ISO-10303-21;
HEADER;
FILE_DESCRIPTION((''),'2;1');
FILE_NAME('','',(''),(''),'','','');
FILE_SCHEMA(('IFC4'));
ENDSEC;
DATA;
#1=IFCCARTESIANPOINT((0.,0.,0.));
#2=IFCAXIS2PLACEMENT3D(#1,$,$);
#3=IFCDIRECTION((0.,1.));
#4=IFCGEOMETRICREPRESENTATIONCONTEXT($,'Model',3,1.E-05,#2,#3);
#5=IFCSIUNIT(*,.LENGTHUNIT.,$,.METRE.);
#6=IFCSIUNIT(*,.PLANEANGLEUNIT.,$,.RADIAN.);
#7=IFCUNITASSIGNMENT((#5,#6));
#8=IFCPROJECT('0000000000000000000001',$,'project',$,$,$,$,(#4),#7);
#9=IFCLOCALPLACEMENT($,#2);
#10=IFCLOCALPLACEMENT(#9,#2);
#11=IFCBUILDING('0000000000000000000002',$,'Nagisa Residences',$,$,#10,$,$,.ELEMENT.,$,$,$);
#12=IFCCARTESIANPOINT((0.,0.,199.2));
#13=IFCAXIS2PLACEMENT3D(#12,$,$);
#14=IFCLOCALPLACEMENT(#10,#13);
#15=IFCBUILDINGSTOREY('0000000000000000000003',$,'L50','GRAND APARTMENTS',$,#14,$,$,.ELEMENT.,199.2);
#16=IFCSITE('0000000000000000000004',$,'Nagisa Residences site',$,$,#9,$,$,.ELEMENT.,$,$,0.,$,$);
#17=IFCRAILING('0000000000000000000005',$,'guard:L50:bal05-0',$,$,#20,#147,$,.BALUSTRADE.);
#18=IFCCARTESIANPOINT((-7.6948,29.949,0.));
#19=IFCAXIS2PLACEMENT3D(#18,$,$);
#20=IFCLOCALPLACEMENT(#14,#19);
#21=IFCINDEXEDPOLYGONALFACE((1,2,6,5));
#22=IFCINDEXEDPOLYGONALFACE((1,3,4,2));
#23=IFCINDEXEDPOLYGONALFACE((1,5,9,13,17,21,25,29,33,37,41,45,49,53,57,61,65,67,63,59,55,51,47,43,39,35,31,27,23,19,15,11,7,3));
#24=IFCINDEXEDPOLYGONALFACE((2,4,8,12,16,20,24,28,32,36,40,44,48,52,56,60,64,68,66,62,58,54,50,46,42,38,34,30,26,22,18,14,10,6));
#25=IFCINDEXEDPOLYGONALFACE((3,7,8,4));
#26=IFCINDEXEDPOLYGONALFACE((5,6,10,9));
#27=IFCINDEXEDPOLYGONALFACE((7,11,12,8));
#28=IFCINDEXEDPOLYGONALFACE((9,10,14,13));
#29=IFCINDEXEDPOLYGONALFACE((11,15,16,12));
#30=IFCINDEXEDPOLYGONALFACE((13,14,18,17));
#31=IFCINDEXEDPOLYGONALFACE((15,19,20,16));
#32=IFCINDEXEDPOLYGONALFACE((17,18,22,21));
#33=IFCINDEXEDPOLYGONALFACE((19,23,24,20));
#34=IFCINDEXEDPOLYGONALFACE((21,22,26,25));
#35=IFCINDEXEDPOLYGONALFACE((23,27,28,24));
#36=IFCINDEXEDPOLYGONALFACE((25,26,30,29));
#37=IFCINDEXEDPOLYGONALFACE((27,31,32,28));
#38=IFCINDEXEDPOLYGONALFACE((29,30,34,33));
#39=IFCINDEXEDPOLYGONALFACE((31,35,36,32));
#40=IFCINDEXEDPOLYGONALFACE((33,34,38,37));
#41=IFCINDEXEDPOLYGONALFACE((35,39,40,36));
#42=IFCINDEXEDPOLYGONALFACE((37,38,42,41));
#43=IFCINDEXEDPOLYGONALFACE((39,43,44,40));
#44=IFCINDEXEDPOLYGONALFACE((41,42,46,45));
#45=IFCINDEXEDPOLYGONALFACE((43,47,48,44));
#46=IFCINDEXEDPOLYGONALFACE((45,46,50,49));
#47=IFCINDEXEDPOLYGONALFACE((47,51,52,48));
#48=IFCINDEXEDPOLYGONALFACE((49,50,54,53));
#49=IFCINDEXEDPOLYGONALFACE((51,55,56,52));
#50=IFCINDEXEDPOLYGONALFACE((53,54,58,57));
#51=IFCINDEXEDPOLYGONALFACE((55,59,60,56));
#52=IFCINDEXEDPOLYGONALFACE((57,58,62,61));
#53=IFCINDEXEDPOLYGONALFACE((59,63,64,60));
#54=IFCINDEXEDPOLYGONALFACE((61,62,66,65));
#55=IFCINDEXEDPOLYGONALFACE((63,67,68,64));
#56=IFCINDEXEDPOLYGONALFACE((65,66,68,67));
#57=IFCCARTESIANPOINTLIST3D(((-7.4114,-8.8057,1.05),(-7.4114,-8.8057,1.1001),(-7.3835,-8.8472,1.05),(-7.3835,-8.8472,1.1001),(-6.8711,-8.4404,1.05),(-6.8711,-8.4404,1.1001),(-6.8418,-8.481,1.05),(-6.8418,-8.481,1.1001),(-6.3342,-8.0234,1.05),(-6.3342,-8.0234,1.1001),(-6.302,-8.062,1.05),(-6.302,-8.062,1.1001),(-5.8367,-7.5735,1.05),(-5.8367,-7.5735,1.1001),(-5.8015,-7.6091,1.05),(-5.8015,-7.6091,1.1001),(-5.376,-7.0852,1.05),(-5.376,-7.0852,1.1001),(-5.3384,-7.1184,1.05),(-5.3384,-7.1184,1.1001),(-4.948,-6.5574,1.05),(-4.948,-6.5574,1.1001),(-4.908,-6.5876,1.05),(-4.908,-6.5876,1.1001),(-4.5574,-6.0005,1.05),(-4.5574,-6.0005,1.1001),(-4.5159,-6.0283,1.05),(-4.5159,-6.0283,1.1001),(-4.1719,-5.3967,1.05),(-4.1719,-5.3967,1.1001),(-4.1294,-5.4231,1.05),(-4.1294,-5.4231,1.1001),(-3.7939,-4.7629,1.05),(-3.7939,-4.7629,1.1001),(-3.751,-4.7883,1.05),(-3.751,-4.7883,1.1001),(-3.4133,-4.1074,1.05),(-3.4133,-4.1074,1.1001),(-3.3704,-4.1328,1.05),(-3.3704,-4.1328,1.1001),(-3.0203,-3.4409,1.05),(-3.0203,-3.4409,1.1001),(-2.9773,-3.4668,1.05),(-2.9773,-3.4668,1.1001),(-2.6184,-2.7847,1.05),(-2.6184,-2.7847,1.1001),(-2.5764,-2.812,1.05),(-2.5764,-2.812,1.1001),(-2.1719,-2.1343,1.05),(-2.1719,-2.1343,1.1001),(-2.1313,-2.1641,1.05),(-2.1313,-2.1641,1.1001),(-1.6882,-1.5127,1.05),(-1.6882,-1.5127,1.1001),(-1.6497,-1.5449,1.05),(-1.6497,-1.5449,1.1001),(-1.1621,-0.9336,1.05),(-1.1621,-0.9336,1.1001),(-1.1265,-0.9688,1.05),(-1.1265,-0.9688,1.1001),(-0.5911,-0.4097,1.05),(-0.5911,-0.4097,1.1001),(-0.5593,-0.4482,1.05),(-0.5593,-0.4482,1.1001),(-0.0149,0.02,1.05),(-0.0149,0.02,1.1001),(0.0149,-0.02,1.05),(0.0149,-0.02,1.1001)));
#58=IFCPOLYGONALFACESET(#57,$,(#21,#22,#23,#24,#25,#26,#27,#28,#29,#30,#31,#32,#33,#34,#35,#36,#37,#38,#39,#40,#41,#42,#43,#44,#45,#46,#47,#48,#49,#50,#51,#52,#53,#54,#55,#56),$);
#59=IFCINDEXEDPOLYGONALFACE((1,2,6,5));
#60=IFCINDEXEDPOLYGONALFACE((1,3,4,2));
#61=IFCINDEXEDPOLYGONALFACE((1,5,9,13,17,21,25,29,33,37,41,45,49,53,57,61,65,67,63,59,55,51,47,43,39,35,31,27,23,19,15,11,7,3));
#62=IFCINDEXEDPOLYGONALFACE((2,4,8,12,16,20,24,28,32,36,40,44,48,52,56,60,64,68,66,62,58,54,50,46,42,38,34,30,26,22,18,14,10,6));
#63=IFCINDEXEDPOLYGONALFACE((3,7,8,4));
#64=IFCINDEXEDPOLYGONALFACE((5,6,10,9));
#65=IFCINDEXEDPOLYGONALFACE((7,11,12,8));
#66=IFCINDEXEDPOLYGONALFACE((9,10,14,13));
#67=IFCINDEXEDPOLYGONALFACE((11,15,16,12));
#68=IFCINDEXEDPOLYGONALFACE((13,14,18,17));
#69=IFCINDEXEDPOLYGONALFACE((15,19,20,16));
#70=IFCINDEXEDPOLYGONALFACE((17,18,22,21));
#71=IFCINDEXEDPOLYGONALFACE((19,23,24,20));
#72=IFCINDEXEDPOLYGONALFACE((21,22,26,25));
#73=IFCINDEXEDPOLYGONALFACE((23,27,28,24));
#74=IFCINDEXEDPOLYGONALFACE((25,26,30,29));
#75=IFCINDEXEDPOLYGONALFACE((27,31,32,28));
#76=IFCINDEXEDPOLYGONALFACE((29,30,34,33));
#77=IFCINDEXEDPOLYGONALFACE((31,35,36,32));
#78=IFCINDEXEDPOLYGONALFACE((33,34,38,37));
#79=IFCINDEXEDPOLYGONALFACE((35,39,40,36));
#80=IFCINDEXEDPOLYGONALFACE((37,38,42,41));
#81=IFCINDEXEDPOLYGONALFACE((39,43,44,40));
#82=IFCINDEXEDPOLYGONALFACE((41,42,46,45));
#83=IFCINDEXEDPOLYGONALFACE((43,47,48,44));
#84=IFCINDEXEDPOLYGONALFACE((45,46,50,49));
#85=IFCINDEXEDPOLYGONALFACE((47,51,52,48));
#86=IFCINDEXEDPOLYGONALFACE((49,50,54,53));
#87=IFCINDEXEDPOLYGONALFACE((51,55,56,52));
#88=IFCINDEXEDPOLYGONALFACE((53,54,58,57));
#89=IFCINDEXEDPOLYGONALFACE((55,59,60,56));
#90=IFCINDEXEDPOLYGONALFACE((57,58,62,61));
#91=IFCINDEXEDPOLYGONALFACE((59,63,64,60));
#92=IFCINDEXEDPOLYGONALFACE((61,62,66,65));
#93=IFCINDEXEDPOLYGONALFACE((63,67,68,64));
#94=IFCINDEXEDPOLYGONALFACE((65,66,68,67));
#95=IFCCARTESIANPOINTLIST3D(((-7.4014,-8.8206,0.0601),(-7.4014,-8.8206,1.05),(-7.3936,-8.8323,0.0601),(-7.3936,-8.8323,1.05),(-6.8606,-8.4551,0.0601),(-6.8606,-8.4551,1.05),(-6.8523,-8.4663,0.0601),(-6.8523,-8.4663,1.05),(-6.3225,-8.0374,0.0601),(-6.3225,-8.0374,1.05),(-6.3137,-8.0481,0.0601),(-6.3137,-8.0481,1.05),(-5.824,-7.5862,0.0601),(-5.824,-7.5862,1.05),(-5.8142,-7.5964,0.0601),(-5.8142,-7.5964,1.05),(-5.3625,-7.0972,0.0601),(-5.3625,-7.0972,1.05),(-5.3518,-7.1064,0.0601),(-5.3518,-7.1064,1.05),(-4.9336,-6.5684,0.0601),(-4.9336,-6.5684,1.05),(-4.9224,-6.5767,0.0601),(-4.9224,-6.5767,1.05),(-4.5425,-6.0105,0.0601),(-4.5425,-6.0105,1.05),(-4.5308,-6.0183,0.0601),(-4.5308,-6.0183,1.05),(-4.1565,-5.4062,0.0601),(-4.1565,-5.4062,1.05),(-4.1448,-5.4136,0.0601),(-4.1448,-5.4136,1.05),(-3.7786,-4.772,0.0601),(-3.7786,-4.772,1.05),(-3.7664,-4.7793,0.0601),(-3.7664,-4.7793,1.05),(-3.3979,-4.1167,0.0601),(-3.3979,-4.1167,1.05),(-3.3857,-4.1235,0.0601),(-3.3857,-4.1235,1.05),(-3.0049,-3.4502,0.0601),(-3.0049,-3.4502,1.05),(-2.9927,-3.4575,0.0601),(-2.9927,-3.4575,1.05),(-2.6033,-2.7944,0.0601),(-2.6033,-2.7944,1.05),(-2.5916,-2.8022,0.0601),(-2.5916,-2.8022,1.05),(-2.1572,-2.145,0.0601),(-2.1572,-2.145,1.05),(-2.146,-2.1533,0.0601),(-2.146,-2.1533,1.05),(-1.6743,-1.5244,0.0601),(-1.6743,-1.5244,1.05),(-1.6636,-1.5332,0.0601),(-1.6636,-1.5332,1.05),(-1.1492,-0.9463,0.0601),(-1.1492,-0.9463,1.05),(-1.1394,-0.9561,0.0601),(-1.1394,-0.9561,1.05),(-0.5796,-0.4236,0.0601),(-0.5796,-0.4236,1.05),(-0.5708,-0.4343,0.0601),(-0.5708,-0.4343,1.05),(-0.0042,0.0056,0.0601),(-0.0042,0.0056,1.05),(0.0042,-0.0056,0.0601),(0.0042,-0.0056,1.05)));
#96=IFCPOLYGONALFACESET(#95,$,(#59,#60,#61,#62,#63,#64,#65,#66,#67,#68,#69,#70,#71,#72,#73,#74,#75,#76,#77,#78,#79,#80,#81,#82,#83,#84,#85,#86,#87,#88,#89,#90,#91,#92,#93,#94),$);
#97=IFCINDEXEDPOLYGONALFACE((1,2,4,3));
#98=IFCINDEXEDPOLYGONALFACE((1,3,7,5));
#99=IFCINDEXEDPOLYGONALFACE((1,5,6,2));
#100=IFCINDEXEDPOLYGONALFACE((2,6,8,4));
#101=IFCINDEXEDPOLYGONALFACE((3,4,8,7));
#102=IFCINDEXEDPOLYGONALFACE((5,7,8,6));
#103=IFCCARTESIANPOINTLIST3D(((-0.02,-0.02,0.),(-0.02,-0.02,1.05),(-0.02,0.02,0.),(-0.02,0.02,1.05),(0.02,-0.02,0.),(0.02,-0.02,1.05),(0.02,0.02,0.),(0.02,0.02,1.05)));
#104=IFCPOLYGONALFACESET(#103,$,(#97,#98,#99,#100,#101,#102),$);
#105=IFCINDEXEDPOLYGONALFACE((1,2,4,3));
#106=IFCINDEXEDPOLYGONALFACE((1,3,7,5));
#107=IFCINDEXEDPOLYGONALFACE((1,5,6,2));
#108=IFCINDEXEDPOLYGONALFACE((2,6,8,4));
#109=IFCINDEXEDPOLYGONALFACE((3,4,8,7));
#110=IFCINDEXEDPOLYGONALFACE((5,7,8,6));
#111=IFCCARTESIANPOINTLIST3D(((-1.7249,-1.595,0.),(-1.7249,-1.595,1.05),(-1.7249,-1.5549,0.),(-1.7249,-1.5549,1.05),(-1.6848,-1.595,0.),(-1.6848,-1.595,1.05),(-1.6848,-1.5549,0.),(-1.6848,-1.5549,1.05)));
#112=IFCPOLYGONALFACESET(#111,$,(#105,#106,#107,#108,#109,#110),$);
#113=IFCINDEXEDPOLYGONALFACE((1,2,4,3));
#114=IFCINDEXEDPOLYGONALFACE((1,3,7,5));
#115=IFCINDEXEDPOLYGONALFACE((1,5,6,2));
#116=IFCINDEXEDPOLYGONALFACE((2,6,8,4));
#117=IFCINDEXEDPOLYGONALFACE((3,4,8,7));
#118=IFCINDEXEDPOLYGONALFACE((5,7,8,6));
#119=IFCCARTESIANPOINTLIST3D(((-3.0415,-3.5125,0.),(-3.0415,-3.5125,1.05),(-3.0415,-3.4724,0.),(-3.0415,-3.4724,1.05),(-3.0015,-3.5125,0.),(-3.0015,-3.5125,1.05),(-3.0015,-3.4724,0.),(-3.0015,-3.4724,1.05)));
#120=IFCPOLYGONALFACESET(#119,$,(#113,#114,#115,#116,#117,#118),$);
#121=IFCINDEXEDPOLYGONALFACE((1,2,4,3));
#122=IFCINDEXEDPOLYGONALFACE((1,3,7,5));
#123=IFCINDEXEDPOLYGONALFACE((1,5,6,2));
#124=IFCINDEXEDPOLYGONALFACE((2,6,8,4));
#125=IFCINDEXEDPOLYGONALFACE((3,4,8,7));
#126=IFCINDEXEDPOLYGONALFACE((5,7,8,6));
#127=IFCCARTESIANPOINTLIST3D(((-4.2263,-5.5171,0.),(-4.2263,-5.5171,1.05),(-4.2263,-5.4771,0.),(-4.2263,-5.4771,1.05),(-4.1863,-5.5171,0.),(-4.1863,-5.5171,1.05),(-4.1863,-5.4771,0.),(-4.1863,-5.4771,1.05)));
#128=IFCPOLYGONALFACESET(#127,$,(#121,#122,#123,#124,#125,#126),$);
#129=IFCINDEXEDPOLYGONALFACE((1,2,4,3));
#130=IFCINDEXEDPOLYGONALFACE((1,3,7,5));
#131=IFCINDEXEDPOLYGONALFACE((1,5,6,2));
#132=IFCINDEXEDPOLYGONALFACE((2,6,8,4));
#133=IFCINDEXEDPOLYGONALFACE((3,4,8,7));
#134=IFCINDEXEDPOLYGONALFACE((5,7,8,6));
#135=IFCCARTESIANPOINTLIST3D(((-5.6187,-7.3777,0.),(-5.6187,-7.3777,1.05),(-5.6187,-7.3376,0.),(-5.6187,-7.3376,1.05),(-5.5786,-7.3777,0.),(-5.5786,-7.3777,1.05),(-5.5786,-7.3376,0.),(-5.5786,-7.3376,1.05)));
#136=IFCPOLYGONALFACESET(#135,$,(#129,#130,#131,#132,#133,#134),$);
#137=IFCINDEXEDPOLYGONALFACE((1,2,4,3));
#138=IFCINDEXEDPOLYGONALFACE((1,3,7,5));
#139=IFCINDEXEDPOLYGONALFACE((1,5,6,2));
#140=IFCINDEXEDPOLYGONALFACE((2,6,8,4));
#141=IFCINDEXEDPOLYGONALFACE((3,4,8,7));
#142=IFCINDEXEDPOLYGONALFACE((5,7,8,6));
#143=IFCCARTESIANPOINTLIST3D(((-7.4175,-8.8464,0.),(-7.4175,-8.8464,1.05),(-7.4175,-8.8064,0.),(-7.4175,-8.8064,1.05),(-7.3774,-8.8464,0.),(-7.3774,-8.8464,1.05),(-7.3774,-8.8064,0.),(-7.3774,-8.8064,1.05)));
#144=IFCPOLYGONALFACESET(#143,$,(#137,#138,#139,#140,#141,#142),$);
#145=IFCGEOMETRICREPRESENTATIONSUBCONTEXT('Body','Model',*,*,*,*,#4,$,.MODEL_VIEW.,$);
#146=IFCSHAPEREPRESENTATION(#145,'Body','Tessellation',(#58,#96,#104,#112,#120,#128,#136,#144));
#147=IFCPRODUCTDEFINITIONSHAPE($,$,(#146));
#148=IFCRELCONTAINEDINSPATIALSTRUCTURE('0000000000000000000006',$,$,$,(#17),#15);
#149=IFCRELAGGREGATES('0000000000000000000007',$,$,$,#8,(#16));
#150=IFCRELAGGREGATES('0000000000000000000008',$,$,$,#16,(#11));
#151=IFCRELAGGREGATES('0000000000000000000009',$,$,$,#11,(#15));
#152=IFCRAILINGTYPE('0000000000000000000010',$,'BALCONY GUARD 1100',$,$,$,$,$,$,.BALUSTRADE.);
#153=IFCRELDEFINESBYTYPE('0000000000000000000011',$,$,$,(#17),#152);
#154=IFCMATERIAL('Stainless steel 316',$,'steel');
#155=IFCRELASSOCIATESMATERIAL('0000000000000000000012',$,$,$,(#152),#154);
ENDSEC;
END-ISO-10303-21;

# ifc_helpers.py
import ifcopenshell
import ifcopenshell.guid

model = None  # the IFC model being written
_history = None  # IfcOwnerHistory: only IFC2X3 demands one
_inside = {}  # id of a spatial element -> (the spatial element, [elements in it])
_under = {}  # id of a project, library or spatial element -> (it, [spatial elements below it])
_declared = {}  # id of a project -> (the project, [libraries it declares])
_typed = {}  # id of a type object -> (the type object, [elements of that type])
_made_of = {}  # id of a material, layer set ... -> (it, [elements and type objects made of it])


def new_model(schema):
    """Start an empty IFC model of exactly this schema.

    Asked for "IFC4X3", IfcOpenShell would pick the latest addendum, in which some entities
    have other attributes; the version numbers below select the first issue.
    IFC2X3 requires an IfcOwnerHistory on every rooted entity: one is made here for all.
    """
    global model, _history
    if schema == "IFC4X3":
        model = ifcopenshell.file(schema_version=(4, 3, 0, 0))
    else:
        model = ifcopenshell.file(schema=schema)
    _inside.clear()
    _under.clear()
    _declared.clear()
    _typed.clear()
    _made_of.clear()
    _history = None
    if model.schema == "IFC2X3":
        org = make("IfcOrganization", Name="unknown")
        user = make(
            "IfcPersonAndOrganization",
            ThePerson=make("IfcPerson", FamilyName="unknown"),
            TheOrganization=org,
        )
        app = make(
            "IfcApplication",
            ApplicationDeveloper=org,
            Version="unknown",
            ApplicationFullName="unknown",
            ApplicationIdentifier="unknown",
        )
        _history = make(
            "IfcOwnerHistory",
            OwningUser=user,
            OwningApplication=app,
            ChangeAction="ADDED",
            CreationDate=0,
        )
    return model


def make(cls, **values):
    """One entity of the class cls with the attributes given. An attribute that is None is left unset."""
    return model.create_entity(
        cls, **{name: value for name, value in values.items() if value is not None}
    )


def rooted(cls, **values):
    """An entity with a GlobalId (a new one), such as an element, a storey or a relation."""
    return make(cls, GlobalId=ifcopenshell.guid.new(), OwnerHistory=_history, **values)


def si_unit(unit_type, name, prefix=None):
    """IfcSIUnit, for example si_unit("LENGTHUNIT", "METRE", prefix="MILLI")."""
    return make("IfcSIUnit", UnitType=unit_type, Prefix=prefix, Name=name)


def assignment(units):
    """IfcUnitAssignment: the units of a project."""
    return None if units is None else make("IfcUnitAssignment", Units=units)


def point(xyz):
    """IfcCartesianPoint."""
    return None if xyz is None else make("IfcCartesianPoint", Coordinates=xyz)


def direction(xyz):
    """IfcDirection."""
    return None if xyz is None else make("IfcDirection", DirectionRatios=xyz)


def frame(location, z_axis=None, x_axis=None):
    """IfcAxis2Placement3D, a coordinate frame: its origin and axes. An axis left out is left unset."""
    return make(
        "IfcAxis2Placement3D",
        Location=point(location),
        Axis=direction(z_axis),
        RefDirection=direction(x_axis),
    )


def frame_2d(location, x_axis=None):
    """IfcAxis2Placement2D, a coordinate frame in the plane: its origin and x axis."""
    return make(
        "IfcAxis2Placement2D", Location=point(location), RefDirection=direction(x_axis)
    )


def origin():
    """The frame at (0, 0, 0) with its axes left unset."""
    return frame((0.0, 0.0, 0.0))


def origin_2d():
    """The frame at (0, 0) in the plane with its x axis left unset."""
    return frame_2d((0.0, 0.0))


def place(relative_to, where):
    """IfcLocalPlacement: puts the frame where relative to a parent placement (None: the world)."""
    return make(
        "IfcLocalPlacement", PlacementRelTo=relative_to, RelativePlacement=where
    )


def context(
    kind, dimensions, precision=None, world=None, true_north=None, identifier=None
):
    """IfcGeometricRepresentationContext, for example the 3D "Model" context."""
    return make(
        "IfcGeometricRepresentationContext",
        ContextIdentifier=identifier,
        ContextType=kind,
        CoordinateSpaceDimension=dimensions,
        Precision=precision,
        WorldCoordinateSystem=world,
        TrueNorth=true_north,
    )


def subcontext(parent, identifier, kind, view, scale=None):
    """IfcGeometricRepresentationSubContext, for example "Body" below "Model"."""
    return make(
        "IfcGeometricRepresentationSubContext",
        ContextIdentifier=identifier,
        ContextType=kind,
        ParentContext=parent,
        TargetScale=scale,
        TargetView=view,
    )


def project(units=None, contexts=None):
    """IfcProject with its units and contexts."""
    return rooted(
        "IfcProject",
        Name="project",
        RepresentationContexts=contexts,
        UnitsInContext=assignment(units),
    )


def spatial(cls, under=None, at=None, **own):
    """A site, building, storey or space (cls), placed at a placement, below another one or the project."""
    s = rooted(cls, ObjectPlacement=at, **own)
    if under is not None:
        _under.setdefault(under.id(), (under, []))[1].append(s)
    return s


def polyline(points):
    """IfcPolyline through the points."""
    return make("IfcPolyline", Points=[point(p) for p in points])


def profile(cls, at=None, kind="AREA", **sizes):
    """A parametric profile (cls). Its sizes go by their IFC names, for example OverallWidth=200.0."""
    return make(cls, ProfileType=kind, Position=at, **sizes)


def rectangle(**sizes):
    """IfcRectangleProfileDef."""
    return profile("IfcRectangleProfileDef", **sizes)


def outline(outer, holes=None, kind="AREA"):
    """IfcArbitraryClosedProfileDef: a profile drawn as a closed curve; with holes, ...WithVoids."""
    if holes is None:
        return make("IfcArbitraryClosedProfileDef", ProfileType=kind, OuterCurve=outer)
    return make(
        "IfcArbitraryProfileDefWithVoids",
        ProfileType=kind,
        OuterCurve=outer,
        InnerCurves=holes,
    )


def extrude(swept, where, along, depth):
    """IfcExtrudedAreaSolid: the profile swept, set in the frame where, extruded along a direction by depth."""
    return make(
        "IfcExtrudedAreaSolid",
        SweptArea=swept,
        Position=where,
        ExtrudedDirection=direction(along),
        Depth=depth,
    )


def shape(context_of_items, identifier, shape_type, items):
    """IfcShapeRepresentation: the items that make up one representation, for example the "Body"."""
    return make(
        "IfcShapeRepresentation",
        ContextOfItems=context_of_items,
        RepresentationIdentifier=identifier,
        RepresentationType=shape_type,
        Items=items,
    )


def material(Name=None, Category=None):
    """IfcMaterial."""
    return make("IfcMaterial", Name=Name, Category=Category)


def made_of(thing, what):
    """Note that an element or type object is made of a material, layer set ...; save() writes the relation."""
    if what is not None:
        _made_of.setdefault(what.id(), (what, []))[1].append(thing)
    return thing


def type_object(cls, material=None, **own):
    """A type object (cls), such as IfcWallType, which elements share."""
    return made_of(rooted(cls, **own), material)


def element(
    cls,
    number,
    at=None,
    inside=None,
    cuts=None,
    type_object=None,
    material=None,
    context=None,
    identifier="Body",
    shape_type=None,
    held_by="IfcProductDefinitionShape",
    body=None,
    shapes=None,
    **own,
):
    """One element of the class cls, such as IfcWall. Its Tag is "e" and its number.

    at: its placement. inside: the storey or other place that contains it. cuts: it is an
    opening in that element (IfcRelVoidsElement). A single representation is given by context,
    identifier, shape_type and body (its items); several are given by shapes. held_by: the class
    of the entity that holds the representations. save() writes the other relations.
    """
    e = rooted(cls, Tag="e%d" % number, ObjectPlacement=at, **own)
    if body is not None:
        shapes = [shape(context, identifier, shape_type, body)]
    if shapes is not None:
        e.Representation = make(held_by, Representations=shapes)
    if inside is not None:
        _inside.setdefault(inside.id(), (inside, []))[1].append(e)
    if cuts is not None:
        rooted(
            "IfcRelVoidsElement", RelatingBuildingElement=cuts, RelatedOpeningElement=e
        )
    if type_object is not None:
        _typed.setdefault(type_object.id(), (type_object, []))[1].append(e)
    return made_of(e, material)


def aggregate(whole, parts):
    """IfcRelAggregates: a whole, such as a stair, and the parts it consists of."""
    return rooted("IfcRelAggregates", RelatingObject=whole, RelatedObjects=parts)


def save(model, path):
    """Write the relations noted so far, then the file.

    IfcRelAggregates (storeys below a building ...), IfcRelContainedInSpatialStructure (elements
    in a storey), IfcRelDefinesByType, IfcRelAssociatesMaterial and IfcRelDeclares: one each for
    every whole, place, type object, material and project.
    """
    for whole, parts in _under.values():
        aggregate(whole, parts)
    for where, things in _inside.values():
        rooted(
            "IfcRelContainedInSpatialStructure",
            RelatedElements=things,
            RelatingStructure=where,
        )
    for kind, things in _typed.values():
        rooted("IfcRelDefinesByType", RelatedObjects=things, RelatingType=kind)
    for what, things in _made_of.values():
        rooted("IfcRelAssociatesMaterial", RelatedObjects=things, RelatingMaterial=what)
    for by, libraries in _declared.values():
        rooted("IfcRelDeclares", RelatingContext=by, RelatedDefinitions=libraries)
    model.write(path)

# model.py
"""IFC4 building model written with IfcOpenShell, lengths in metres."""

from ifc_helpers import new_model, si_unit, direction, frame, origin, origin_2d, place, context, subcontext, project, spatial, polyline, rectangle, outline, extrude, material, type_object, element, save


model = new_model("IFC4")

# Units and contexts
model_context = context("Model", 3, precision=1e-05, world=origin(), true_north=direction((0.0, 1.0)))
body_context = subcontext(model_context, "Body", "Model", "MODEL_VIEW")
ifc_project = project(units=[si_unit("LENGTHUNIT", "METRE"), si_unit("PLANEANGLEUNIT", "RADIAN")], contexts=[model_context])

# Site, building, storey
site_placement = place(None, origin())
site = spatial("IfcSite", under=ifc_project, at=site_placement, Name="Nagisa Residences site", CompositionType="ELEMENT", RefElevation=0.0)
building_placement = place(site_placement, origin())
building = spatial("IfcBuilding", under=site, at=building_placement, Name="Nagisa Residences", CompositionType="ELEMENT")
storey_placement = place(building_placement, frame((0.0, 0.0, 199.2)))
storey = spatial("IfcBuildingStorey", under=building, at=storey_placement, Name="L50", Description="GRAND APARTMENTS", CompositionType="ELEMENT", Elevation=199.2)

# Railing
ifc_material_1 = material(Name="Stainless steel 316", Category="steel")
railing_type = type_object("IfcRailingType", Name="BALCONY GUARD 1100", PredefinedType="BALUSTRADE", material=ifc_material_1)
railing_placement = place(storey_placement, frame((-7.6948, 29.949, 0.0)))
element("IfcRailing", 1, at=railing_placement, inside=storey, type_object=railing_type, Name="guard:L50:bal05-0", PredefinedType="BALUSTRADE", context=body_context, shape_type="SweptSolid", body=[
    extrude(outline(polyline([(-0.5593, -0.4482), (0.0149, -0.02), (-0.0149, 0.02), (-0.5911, -0.4097), (-1.1621, -0.9336), (-1.6882, -1.5127), (-2.1719, -2.1343), (-2.6184, -2.7847), (-3.0203, -3.4409), (-3.4133, -4.1074), (-3.7939, -4.7629), (-4.1719, -5.3967), (-4.5574, -6.0005), (-4.948, -6.5574), (-5.376, -7.0852), (-5.8367, -7.5735), (-6.3342, -8.0234), (-6.8711, -8.4404), (-7.4114, -8.8057), (-7.3835, -8.8472), (-6.8418, -8.481), (-6.302, -8.062), (-5.8015, -7.6091), (-5.3384, -7.1184), (-4.908, -6.5876), (-4.5159, -6.0283), (-4.1294, -5.4231), (-3.751, -4.7883), (-3.3704, -4.1328), (-2.9773, -3.4668), (-2.5764, -2.812), (-2.1313, -2.1641), (-1.6497, -1.5449), (-1.1265, -0.9688), (-0.5593, -0.4482)])), frame((0.0, 0.0, 1.05)), (0.0, 0.0, 1.0), 0.05),
    extrude(outline(polyline([(-0.5708, -0.4343), (0.0042, -0.0056), (-0.0042, 0.0056), (-0.5796, -0.4236), (-1.1492, -0.9463), (-1.6743, -1.5244), (-2.1572, -2.145), (-2.6033, -2.7944), (-3.0049, -3.4502), (-3.3979, -4.1167), (-3.7786, -4.772), (-4.1565, -5.4062), (-4.5425, -6.0105), (-4.9336, -6.5684), (-5.3625, -7.0972), (-5.824, -7.5862), (-6.3225, -8.0374), (-6.8606, -8.4551), (-7.4014, -8.8206), (-7.3936, -8.8323), (-6.8523, -8.4663), (-6.3137, -8.0481), (-5.8142, -7.5964), (-5.3518, -7.1064), (-4.9224, -6.5767), (-4.5308, -6.0183), (-4.1448, -5.4136), (-3.7664, -4.7793), (-3.3857, -4.1235), (-2.9927, -3.4575), (-2.5916, -2.8022), (-2.146, -2.1533), (-1.6636, -1.5332), (-1.1394, -0.9561), (-0.5708, -0.4343)])), frame((0.0, 0.0, 0.0601)), (0.0, 0.0, 1.0), 0.99),
    extrude(rectangle(XDim=0.04, YDim=0.04, at=origin_2d()), origin(), (0.0, 0.0, 1.0), 1.05),
    extrude(rectangle(XDim=0.04, YDim=0.04, at=origin_2d()), frame((-1.7048, -1.575, 0.0)), (0.0, 0.0, 1.0), 1.05),
    extrude(rectangle(XDim=0.04, YDim=0.04, at=origin_2d()), frame((-3.0215, -3.4924, 0.0)), (0.0, 0.0, 1.0), 1.05),
    extrude(rectangle(XDim=0.04, YDim=0.04, at=origin_2d()), frame((-4.2063, -5.4971, 0.0)), (0.0, 0.0, 1.0), 1.05),
    extrude(rectangle(XDim=0.04, YDim=0.04, at=origin_2d()), frame((-5.5986, -7.3577, 0.0)), (0.0, 0.0, 1.0), 1.05),
    extrude(rectangle(XDim=0.04, YDim=0.04, at=origin_2d()), frame((-7.3975, -8.8264, 0.0)), (0.0, 0.0, 1.0), 1.05),
])

save(model, "model.ifc")
